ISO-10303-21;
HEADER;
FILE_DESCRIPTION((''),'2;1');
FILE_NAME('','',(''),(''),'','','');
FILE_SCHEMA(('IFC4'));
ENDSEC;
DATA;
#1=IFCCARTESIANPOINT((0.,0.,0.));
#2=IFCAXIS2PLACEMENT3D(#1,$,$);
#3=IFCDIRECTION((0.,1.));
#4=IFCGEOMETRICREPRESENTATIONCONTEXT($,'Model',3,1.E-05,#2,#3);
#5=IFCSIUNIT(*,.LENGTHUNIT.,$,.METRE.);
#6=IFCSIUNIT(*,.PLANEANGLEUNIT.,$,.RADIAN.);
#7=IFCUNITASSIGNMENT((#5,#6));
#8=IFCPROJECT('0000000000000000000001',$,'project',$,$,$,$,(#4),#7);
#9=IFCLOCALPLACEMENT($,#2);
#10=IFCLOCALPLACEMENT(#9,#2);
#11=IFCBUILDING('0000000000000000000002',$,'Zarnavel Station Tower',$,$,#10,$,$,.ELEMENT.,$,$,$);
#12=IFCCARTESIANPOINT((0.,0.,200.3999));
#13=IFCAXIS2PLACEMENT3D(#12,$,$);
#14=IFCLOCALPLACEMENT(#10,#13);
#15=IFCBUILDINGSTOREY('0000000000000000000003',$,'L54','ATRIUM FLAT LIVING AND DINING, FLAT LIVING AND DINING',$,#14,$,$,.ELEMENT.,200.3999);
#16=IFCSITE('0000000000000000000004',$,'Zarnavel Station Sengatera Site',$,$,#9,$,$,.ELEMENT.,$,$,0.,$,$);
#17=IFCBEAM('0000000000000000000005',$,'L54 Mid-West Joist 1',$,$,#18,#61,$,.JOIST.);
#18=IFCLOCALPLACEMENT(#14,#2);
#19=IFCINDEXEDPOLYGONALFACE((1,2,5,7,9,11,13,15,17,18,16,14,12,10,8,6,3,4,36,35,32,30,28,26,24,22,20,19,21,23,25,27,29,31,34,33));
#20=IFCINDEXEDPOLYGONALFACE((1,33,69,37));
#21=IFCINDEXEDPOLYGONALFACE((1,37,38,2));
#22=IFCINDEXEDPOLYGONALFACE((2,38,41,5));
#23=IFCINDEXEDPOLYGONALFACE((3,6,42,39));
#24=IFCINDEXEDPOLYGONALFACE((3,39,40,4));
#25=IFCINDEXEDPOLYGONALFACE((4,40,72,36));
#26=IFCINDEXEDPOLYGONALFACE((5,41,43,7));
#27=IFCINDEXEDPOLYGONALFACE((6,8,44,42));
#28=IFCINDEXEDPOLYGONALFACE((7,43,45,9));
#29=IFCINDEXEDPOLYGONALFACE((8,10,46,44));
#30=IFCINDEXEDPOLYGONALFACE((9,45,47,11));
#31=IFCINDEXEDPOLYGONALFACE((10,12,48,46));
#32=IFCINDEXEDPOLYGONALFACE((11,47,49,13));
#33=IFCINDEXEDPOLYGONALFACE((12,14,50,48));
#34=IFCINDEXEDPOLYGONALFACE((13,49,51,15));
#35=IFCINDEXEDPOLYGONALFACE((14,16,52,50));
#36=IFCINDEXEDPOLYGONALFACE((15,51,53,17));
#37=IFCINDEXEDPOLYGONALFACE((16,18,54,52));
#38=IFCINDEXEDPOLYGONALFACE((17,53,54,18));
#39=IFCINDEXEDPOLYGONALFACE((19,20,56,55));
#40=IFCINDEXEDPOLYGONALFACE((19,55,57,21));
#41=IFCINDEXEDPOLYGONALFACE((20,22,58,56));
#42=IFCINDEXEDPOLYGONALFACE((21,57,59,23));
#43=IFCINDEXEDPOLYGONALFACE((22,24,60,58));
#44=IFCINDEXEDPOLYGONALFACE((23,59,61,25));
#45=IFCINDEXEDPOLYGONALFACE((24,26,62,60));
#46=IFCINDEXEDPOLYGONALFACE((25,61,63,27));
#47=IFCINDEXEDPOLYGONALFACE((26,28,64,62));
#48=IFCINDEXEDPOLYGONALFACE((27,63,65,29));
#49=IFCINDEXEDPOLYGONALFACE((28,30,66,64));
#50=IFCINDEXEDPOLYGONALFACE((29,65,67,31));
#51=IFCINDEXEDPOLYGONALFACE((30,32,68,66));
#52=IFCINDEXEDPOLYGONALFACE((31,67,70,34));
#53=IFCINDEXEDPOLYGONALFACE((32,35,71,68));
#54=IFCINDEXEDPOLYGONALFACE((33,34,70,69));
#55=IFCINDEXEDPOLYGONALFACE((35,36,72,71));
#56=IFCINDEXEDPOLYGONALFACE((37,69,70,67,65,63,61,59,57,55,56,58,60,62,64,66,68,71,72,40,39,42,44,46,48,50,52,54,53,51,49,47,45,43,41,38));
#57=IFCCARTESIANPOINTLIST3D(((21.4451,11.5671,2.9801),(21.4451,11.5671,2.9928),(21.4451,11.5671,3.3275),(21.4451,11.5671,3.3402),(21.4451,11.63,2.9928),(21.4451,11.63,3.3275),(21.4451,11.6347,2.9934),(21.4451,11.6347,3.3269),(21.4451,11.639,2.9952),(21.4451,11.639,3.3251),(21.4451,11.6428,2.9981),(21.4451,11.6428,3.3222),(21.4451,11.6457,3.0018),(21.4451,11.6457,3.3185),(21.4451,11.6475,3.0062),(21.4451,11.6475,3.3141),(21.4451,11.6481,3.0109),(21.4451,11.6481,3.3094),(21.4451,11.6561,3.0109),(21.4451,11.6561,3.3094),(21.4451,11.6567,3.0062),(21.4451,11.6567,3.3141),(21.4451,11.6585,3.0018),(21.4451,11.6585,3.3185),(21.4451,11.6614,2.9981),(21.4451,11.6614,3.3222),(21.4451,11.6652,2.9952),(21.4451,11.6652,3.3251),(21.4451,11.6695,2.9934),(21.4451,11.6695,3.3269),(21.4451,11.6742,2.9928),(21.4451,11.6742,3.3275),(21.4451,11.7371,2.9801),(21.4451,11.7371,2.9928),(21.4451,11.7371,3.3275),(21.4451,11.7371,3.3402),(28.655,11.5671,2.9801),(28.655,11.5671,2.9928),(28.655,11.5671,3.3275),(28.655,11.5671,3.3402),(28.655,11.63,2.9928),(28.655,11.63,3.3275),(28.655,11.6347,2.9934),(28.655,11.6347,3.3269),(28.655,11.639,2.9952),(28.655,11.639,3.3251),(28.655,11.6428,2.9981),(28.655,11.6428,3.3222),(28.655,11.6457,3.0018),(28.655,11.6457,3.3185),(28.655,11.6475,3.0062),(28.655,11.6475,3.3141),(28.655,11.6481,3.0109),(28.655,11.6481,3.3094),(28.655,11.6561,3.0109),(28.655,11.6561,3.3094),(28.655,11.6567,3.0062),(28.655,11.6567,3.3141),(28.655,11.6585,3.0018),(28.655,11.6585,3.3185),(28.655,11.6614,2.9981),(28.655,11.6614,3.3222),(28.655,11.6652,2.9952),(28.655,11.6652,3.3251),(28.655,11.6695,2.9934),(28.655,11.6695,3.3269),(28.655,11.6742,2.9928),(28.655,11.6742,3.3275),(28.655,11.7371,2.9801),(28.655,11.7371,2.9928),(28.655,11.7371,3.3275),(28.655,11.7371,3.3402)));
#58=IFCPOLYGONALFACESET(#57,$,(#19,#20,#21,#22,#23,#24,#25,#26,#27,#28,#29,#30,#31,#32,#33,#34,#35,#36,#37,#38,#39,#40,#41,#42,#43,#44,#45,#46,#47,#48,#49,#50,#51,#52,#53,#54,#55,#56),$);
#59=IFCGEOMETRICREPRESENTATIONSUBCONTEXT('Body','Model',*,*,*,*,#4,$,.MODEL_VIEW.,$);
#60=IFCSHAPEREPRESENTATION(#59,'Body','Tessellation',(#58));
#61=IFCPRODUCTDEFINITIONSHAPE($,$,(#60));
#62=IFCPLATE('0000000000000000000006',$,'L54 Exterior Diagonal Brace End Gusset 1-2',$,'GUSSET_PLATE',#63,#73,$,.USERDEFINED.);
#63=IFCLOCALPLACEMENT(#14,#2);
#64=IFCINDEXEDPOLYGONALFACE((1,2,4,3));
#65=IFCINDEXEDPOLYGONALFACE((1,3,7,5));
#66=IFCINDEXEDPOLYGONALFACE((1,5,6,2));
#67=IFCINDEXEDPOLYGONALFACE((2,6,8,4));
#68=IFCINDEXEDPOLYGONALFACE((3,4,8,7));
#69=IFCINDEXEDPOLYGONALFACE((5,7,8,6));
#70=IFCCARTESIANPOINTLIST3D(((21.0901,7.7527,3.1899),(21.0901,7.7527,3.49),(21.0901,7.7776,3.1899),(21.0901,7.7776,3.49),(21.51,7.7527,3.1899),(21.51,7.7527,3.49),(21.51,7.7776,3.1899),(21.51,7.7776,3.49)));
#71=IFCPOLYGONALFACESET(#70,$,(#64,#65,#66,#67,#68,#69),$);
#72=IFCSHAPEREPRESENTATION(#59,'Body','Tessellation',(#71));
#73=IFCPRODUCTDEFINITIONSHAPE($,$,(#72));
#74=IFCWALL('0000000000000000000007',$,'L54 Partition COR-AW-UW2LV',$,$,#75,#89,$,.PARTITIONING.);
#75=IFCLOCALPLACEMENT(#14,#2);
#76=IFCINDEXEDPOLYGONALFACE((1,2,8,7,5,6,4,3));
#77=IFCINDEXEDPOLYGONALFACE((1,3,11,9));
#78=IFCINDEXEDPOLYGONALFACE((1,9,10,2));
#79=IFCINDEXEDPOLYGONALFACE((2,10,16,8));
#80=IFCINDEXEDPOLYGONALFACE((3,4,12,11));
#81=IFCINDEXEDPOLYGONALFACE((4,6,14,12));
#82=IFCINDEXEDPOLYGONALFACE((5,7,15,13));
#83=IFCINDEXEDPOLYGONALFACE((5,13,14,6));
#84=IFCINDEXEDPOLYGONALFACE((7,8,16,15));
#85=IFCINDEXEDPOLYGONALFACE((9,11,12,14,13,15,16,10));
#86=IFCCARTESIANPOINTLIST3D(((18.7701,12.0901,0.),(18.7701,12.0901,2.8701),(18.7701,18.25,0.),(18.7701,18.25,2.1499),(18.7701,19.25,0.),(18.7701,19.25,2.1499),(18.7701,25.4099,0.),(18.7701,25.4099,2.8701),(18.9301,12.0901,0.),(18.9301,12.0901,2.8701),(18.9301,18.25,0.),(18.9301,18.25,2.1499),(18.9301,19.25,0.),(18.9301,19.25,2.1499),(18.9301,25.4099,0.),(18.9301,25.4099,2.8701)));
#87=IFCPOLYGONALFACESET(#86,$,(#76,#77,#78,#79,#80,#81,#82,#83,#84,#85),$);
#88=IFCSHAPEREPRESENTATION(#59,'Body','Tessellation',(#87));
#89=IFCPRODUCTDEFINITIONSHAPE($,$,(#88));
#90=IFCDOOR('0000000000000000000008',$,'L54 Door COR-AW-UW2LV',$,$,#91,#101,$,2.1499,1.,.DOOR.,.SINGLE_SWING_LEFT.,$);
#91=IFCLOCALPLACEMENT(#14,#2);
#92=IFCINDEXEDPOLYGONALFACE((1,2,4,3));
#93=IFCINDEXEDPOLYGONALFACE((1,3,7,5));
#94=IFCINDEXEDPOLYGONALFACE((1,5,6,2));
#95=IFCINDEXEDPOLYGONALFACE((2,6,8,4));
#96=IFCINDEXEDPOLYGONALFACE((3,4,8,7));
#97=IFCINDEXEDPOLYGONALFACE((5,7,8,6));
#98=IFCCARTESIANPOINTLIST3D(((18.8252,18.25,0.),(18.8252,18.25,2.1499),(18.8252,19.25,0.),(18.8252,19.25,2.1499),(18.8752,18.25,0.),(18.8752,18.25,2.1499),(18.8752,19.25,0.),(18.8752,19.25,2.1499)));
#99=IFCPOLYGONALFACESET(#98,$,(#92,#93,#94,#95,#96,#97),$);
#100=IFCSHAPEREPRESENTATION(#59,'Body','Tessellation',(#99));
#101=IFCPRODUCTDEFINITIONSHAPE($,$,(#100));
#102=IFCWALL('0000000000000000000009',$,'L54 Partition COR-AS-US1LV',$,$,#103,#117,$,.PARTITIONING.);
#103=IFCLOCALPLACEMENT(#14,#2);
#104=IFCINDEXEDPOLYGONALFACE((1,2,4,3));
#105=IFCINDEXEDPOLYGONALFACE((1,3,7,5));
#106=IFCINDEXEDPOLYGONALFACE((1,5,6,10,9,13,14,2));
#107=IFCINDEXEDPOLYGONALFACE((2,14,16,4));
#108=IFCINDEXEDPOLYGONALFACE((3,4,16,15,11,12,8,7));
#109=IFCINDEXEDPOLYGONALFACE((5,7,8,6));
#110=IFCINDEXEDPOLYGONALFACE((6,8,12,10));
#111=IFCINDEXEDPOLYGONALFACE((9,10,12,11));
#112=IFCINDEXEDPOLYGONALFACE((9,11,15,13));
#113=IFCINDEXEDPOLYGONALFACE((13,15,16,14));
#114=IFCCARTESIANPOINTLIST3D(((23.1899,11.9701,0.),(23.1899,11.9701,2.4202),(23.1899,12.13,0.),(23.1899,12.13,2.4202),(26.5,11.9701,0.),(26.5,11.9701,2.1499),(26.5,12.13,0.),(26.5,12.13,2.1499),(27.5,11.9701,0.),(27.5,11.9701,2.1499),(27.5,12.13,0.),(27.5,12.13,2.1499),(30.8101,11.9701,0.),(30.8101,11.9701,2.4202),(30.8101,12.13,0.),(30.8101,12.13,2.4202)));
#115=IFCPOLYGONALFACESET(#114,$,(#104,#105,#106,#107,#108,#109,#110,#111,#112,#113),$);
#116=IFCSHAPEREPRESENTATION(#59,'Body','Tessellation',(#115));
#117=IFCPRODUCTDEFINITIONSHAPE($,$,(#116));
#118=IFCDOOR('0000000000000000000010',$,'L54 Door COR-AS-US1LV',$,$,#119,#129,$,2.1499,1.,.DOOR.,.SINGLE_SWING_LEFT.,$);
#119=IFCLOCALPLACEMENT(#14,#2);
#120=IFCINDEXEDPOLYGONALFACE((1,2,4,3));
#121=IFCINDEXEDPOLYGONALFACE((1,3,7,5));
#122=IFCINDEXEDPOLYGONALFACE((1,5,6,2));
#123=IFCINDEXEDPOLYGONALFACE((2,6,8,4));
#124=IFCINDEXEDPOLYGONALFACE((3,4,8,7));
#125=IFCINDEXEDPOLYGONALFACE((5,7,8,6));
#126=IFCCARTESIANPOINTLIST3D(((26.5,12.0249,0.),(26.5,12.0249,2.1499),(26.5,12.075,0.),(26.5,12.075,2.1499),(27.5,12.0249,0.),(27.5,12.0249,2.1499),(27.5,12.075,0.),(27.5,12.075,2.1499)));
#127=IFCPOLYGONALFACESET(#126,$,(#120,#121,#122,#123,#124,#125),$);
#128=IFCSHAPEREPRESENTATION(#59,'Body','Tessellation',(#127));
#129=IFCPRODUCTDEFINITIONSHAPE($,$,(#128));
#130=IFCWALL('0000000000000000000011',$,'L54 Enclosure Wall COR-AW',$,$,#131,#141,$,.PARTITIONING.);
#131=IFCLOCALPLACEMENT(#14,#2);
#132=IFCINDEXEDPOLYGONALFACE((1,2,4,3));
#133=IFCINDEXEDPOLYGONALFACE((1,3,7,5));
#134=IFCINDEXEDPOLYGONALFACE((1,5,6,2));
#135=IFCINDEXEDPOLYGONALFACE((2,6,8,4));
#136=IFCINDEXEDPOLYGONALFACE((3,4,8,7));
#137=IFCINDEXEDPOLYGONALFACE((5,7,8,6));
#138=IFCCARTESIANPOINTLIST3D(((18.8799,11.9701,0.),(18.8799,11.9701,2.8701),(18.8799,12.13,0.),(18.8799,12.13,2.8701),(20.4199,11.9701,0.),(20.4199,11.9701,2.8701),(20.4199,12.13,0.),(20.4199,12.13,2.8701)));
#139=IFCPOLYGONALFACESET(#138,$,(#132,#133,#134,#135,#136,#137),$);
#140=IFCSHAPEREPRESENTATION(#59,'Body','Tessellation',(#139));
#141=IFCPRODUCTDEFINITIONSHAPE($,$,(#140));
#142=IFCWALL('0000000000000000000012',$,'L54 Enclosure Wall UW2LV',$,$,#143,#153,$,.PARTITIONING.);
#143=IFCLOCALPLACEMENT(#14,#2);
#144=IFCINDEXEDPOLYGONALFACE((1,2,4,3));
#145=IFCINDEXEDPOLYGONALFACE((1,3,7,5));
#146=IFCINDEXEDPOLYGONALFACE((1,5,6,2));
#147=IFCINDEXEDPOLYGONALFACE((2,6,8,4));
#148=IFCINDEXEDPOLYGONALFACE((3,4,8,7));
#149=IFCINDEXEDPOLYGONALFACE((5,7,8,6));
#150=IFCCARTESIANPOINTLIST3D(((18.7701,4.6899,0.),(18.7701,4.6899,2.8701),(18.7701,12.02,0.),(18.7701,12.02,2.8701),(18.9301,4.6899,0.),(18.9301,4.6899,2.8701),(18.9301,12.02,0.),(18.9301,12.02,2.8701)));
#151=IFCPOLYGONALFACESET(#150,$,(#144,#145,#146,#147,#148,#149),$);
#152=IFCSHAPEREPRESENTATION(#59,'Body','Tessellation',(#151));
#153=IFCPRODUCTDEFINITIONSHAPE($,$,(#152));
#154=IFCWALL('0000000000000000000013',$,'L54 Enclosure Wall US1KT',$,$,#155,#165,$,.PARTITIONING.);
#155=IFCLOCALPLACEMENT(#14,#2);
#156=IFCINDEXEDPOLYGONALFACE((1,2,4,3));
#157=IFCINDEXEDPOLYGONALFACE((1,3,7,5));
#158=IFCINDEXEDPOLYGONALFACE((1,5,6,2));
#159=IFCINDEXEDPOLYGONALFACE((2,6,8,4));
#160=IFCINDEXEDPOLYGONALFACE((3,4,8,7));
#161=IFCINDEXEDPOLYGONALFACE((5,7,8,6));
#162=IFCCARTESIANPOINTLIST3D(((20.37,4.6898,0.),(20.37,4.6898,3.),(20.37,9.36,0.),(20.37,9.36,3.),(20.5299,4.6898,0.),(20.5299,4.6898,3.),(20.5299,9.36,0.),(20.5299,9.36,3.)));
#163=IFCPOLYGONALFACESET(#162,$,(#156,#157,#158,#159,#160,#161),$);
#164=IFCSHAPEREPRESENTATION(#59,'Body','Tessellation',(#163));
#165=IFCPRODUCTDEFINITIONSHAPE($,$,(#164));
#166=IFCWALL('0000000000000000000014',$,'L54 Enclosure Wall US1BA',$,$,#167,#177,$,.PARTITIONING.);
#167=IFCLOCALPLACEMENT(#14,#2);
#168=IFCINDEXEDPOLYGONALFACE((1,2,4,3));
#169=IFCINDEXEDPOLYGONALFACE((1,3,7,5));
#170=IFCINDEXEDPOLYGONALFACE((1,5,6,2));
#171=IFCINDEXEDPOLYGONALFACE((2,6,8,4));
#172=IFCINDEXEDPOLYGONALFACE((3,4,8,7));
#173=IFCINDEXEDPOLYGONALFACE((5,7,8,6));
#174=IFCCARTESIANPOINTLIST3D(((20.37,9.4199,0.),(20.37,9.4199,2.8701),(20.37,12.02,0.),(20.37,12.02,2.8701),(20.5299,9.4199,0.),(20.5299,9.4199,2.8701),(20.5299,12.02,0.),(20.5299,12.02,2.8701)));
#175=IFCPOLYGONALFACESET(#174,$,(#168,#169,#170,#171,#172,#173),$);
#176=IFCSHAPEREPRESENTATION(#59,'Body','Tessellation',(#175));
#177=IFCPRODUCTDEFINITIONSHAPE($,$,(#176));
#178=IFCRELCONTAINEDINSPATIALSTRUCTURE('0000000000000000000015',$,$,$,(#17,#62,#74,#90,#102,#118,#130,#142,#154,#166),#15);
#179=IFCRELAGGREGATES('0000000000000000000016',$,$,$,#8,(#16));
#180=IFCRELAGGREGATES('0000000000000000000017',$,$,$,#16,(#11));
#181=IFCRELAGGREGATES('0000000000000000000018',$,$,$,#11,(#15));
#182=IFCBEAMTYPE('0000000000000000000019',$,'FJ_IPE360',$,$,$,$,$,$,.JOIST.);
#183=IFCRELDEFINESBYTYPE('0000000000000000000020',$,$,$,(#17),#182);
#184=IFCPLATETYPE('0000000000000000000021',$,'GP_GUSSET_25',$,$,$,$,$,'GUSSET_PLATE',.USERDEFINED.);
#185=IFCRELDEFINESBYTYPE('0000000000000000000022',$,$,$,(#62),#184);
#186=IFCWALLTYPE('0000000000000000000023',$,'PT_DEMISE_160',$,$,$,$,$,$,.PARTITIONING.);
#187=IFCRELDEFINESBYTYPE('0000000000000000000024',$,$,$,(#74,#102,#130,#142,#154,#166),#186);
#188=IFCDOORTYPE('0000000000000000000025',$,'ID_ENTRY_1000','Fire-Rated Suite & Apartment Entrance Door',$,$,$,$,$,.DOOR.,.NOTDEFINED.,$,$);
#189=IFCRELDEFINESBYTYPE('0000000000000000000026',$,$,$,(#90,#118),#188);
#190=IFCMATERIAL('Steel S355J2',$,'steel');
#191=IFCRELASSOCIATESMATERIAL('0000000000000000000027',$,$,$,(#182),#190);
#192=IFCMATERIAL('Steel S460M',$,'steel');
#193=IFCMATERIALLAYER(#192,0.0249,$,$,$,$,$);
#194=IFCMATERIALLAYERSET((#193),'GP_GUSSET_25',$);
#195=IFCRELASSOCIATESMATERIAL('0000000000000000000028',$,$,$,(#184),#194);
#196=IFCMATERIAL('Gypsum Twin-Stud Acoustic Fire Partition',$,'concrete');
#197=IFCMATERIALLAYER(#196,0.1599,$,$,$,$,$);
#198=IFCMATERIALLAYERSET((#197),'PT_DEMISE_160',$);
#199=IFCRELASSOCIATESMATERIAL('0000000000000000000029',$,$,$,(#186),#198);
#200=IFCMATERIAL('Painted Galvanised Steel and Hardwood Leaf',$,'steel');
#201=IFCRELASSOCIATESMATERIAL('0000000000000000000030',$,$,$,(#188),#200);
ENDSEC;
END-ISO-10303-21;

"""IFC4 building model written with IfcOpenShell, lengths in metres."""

from ifc_helpers import new_model, si_unit, direction, frame, frame_2d, origin, origin_2d, place, context, subcontext, project, spatial, rectangle, i_section, extrude, material, layer, layer_set, material_profile, profile_set, type_object, element, fill, save


model = new_model("IFC4")

# Units and contexts
model_context = context("Model", 3, precision=1e-05, world=origin(), true_north=direction((0.0, 1.0)))
body_context = subcontext(model_context, "Body", "Model", "MODEL_VIEW")
ifc_project = project(units=[si_unit("LENGTHUNIT", "METRE"), si_unit("PLANEANGLEUNIT", "RADIAN")], contexts=[model_context])

# Site, building, storey
site_placement = place(None, origin())
site = spatial("IfcSite", under=ifc_project, at=site_placement, Name="Zarnavel Station Sengatera Site", CompositionType="ELEMENT", RefElevation=0.0)
building_placement = place(site_placement, origin())
building = spatial("IfcBuilding", under=site, at=building_placement, Name="Zarnavel Station Tower", CompositionType="ELEMENT")
storey_placement = place(building_placement, frame((0.0, 0.0, 200.3999)))
storey = spatial("IfcBuildingStorey", under=building, at=storey_placement, Name="L54", Description="ATRIUM FLAT LIVING AND DINING, FLAT LIVING AND DINING", CompositionType="ELEMENT", Elevation=200.3999)

# Beam
ifc_material_1 = material(Name="Steel S355J2", Category="steel")
ifc_material_profile_1 = material_profile(ifc_material_1, i_section(OverallWidth=0.1699, OverallDepth=0.3601, WebThickness=0.0081, FlangeThickness=0.0127, FilletRadius=0.0181, at=origin_2d()), Name="IPE360")
ifc_profile_set_1 = profile_set([ifc_material_profile_1], Name="Steel S355J2")
beam_type_1 = type_object("IfcBeamType", Name="FJ_IPE360", PredefinedType="JOIST", material=ifc_profile_set_1)
beam_1_placement = place(storey_placement, frame((21.4451, 11.6521, 3.1602), z_axis=(1.0, 0.0, 0.0), x_axis=(0.0, 1.0, 0.0)))
element("IfcBeam", 1, at=beam_1_placement, inside=storey, type_object=beam_type_1, Name="L54 Mid-West Joist 1", PredefinedType="JOIST", context=body_context, shape_type="SweptSolid", body=[
    extrude(i_section(OverallWidth=0.1699, OverallDepth=0.3601, WebThickness=0.0081, FlangeThickness=0.0127, FilletRadius=0.0181, at=origin_2d()), origin(), (0.0, 0.0, 1.0), 7.21),
])

# Plate
ifc_material_2 = material(Name="Steel S460M", Category="steel")
ifc_layer_1 = layer(ifc_material_2, 0.0249)
ifc_layer_set_1 = layer_set([ifc_layer_1], Name="GP_GUSSET_25")
plate_type = type_object("IfcPlateType", Name="GP_GUSSET_25", ElementType="GUSSET_PLATE", PredefinedType="USERDEFINED", material=ifc_layer_set_1)
plate_placement = place(storey_placement, frame((21.3, 7.7651, 3.1899), z_axis=(0.0, 0.0, 1.0), x_axis=(1.0, 0.0, 0.0)))
element("IfcPlate", 2, at=plate_placement, inside=storey, type_object=plate_type, Name="L54 Exterior Diagonal Brace End Gusset 1-2", ObjectType="GUSSET_PLATE", PredefinedType="USERDEFINED", context=body_context, shape_type="SweptSolid", body=[
    extrude(rectangle(XDim=0.4199, YDim=0.0249, at=origin_2d()), origin(), (0.0, 0.0, 1.0), 0.3),
])

# Walls, openings, doors
ifc_material_3 = material(Name="Gypsum Twin-Stud Acoustic Fire Partition", Category="concrete")
ifc_layer_2 = layer(ifc_material_3, 0.1599)
ifc_layer_set_2 = layer_set([ifc_layer_2], Name="PT_DEMISE_160")
wall_type_1 = type_object("IfcWallType", Name="PT_DEMISE_160", PredefinedType="PARTITIONING", material=ifc_layer_set_2)
wall_1_placement = place(storey_placement, frame((18.8501, 12.0901, 0.0), z_axis=(0.0, 0.0, 1.0), x_axis=(0.0, 1.0, 0.0)))
wall_1 = element("IfcWall", 3, at=wall_1_placement, inside=storey, type_object=wall_type_1, Name="L54 Partition COR-AW-UW2LV", PredefinedType="PARTITIONING", context=body_context, shape_type="SweptSolid", body=[
    extrude(rectangle(XDim=13.3198, YDim=0.1599, at=frame_2d((6.6599, 0.0))), origin(), (0.0, 0.0, 1.0), 2.8701),
])
opening_1_placement = place(wall_1_placement, frame((6.1599, 0.0, 0.0)))
opening_1 = element("IfcOpeningElement", 4, at=opening_1_placement, cuts=wall_1, PredefinedType="OPENING", context=body_context, shape_type="SweptSolid", body=[
    extrude(rectangle(XDim=1.0, YDim=2.1499, at=frame_2d((0.5, 1.075))), frame((0.0, 0.0898, 0.0), z_axis=(0.0, -1.0, 0.0), x_axis=(1.0, 0.0, 0.0)), (0.0, 0.0, 1.0), 0.1799),
])
ifc_material_4 = material(Name="Painted Galvanised Steel and Hardwood Leaf", Category="steel")
door_type_1 = type_object("IfcDoorType", Name="ID_ENTRY_1000", Description="Fire-Rated Suite & Apartment Entrance Door", OperationType="NOTDEFINED", PredefinedType="DOOR", material=ifc_material_4)
door_1_placement = place(opening_1_placement, origin())
door_1 = element("IfcDoor", 5, at=door_1_placement, inside=storey, type_object=door_type_1, Name="L54 Door COR-AW-UW2LV", OperationType="SINGLE_SWING_LEFT", OverallHeight=2.1499, OverallWidth=1.0, PredefinedType="DOOR", context=body_context, shape_type="SweptSolid", body=[
    extrude(rectangle(XDim=1.0, YDim=2.1499, at=frame_2d((0.5, 1.075))), frame((0.0, 0.0249, 0.0), z_axis=(0.0, -1.0, 0.0), x_axis=(1.0, 0.0, 0.0)), (0.0, 0.0, 1.0), 0.05),
])
fill(opening_1, door_1)
wall_2_placement = place(storey_placement, frame((23.1899, 12.05, 0.0), z_axis=(0.0, 0.0, 1.0), x_axis=(1.0, 0.0, 0.0)))
wall_2 = element("IfcWall", 6, at=wall_2_placement, inside=storey, type_object=wall_type_1, Name="L54 Partition COR-AS-US1LV", PredefinedType="PARTITIONING", context=body_context, shape_type="SweptSolid", body=[
    extrude(rectangle(XDim=7.6201, YDim=0.1599, at=frame_2d((3.8101, 0.0))), origin(), (0.0, 0.0, 1.0), 2.4202),
])
opening_2_placement = place(wall_2_placement, frame((3.3101, 0.0, 0.0)))
opening_2 = element("IfcOpeningElement", 7, at=opening_2_placement, cuts=wall_2, PredefinedType="OPENING", context=body_context, shape_type="SweptSolid", body=[
    extrude(rectangle(XDim=1.0, YDim=2.1499, at=frame_2d((0.5, 1.075))), frame((0.0, 0.0898, 0.0), z_axis=(0.0, -1.0, 0.0), x_axis=(1.0, 0.0, 0.0)), (0.0, 0.0, 1.0), 0.1799),
])
door_2_placement = place(opening_2_placement, origin())
door_2 = element("IfcDoor", 8, at=door_2_placement, inside=storey, type_object=door_type_1, Name="L54 Door COR-AS-US1LV", OperationType="SINGLE_SWING_LEFT", OverallHeight=2.1499, OverallWidth=1.0, PredefinedType="DOOR", context=body_context, shape_type="SweptSolid", body=[
    extrude(rectangle(XDim=1.0, YDim=2.1499, at=frame_2d((0.5, 1.075))), frame((0.0, 0.0249, 0.0), z_axis=(0.0, -1.0, 0.0), x_axis=(1.0, 0.0, 0.0)), (0.0, 0.0, 1.0), 0.05),
])
fill(opening_2, door_2)

# Walls
wall_3_placement = place(storey_placement, frame((18.8799, 12.05, 0.0), z_axis=(0.0, 0.0, 1.0), x_axis=(1.0, 0.0, 0.0)))
element("IfcWall", 9, at=wall_3_placement, inside=storey, type_object=wall_type_1, Name="L54 Enclosure Wall COR-AW", PredefinedType="PARTITIONING", context=body_context, shape_type="SweptSolid", body=[
    extrude(rectangle(XDim=1.54, YDim=0.1599, at=frame_2d((0.77, 0.0))), origin(), (0.0, 0.0, 1.0), 2.8701),
])
wall_4_placement = place(storey_placement, frame((18.8501, 4.6899, 0.0), z_axis=(0.0, 0.0, 1.0), x_axis=(0.0, 1.0, 0.0)))
element("IfcWall", 10, at=wall_4_placement, inside=storey, type_object=wall_type_1, Name="L54 Enclosure Wall UW2LV", PredefinedType="PARTITIONING", context=body_context, shape_type="SweptSolid", body=[
    extrude(rectangle(XDim=7.3301, YDim=0.1599, at=frame_2d((3.665, 0.0))), origin(), (0.0, 0.0, 1.0), 2.8701),
])
wall_5_placement = place(storey_placement, frame((20.45, 4.6899, 0.0), z_axis=(0.0, 0.0, 1.0), x_axis=(0.0, 1.0, 0.0)))
element("IfcWall", 11, at=wall_5_placement, inside=storey, type_object=wall_type_1, Name="L54 Enclosure Wall US1KT", PredefinedType="PARTITIONING", context=body_context, shape_type="SweptSolid", body=[
    extrude(rectangle(XDim=4.6702, YDim=0.1599, at=frame_2d((2.335, 0.0))), origin(), (0.0, 0.0, 1.0), 3.0),
])
wall_6_placement = place(storey_placement, frame((20.45, 9.4199, 0.0), z_axis=(0.0, 0.0, 1.0), x_axis=(0.0, 1.0, 0.0)))
element("IfcWall", 12, at=wall_6_placement, inside=storey, type_object=wall_type_1, Name="L54 Enclosure Wall US1BA", PredefinedType="PARTITIONING", context=body_context, shape_type="SweptSolid", body=[
    extrude(rectangle(XDim=2.6001, YDim=0.1599, at=frame_2d((1.3, 0.0))), origin(), (0.0, 0.0, 1.0), 2.8701),
])

save(model, "model.ifc")
